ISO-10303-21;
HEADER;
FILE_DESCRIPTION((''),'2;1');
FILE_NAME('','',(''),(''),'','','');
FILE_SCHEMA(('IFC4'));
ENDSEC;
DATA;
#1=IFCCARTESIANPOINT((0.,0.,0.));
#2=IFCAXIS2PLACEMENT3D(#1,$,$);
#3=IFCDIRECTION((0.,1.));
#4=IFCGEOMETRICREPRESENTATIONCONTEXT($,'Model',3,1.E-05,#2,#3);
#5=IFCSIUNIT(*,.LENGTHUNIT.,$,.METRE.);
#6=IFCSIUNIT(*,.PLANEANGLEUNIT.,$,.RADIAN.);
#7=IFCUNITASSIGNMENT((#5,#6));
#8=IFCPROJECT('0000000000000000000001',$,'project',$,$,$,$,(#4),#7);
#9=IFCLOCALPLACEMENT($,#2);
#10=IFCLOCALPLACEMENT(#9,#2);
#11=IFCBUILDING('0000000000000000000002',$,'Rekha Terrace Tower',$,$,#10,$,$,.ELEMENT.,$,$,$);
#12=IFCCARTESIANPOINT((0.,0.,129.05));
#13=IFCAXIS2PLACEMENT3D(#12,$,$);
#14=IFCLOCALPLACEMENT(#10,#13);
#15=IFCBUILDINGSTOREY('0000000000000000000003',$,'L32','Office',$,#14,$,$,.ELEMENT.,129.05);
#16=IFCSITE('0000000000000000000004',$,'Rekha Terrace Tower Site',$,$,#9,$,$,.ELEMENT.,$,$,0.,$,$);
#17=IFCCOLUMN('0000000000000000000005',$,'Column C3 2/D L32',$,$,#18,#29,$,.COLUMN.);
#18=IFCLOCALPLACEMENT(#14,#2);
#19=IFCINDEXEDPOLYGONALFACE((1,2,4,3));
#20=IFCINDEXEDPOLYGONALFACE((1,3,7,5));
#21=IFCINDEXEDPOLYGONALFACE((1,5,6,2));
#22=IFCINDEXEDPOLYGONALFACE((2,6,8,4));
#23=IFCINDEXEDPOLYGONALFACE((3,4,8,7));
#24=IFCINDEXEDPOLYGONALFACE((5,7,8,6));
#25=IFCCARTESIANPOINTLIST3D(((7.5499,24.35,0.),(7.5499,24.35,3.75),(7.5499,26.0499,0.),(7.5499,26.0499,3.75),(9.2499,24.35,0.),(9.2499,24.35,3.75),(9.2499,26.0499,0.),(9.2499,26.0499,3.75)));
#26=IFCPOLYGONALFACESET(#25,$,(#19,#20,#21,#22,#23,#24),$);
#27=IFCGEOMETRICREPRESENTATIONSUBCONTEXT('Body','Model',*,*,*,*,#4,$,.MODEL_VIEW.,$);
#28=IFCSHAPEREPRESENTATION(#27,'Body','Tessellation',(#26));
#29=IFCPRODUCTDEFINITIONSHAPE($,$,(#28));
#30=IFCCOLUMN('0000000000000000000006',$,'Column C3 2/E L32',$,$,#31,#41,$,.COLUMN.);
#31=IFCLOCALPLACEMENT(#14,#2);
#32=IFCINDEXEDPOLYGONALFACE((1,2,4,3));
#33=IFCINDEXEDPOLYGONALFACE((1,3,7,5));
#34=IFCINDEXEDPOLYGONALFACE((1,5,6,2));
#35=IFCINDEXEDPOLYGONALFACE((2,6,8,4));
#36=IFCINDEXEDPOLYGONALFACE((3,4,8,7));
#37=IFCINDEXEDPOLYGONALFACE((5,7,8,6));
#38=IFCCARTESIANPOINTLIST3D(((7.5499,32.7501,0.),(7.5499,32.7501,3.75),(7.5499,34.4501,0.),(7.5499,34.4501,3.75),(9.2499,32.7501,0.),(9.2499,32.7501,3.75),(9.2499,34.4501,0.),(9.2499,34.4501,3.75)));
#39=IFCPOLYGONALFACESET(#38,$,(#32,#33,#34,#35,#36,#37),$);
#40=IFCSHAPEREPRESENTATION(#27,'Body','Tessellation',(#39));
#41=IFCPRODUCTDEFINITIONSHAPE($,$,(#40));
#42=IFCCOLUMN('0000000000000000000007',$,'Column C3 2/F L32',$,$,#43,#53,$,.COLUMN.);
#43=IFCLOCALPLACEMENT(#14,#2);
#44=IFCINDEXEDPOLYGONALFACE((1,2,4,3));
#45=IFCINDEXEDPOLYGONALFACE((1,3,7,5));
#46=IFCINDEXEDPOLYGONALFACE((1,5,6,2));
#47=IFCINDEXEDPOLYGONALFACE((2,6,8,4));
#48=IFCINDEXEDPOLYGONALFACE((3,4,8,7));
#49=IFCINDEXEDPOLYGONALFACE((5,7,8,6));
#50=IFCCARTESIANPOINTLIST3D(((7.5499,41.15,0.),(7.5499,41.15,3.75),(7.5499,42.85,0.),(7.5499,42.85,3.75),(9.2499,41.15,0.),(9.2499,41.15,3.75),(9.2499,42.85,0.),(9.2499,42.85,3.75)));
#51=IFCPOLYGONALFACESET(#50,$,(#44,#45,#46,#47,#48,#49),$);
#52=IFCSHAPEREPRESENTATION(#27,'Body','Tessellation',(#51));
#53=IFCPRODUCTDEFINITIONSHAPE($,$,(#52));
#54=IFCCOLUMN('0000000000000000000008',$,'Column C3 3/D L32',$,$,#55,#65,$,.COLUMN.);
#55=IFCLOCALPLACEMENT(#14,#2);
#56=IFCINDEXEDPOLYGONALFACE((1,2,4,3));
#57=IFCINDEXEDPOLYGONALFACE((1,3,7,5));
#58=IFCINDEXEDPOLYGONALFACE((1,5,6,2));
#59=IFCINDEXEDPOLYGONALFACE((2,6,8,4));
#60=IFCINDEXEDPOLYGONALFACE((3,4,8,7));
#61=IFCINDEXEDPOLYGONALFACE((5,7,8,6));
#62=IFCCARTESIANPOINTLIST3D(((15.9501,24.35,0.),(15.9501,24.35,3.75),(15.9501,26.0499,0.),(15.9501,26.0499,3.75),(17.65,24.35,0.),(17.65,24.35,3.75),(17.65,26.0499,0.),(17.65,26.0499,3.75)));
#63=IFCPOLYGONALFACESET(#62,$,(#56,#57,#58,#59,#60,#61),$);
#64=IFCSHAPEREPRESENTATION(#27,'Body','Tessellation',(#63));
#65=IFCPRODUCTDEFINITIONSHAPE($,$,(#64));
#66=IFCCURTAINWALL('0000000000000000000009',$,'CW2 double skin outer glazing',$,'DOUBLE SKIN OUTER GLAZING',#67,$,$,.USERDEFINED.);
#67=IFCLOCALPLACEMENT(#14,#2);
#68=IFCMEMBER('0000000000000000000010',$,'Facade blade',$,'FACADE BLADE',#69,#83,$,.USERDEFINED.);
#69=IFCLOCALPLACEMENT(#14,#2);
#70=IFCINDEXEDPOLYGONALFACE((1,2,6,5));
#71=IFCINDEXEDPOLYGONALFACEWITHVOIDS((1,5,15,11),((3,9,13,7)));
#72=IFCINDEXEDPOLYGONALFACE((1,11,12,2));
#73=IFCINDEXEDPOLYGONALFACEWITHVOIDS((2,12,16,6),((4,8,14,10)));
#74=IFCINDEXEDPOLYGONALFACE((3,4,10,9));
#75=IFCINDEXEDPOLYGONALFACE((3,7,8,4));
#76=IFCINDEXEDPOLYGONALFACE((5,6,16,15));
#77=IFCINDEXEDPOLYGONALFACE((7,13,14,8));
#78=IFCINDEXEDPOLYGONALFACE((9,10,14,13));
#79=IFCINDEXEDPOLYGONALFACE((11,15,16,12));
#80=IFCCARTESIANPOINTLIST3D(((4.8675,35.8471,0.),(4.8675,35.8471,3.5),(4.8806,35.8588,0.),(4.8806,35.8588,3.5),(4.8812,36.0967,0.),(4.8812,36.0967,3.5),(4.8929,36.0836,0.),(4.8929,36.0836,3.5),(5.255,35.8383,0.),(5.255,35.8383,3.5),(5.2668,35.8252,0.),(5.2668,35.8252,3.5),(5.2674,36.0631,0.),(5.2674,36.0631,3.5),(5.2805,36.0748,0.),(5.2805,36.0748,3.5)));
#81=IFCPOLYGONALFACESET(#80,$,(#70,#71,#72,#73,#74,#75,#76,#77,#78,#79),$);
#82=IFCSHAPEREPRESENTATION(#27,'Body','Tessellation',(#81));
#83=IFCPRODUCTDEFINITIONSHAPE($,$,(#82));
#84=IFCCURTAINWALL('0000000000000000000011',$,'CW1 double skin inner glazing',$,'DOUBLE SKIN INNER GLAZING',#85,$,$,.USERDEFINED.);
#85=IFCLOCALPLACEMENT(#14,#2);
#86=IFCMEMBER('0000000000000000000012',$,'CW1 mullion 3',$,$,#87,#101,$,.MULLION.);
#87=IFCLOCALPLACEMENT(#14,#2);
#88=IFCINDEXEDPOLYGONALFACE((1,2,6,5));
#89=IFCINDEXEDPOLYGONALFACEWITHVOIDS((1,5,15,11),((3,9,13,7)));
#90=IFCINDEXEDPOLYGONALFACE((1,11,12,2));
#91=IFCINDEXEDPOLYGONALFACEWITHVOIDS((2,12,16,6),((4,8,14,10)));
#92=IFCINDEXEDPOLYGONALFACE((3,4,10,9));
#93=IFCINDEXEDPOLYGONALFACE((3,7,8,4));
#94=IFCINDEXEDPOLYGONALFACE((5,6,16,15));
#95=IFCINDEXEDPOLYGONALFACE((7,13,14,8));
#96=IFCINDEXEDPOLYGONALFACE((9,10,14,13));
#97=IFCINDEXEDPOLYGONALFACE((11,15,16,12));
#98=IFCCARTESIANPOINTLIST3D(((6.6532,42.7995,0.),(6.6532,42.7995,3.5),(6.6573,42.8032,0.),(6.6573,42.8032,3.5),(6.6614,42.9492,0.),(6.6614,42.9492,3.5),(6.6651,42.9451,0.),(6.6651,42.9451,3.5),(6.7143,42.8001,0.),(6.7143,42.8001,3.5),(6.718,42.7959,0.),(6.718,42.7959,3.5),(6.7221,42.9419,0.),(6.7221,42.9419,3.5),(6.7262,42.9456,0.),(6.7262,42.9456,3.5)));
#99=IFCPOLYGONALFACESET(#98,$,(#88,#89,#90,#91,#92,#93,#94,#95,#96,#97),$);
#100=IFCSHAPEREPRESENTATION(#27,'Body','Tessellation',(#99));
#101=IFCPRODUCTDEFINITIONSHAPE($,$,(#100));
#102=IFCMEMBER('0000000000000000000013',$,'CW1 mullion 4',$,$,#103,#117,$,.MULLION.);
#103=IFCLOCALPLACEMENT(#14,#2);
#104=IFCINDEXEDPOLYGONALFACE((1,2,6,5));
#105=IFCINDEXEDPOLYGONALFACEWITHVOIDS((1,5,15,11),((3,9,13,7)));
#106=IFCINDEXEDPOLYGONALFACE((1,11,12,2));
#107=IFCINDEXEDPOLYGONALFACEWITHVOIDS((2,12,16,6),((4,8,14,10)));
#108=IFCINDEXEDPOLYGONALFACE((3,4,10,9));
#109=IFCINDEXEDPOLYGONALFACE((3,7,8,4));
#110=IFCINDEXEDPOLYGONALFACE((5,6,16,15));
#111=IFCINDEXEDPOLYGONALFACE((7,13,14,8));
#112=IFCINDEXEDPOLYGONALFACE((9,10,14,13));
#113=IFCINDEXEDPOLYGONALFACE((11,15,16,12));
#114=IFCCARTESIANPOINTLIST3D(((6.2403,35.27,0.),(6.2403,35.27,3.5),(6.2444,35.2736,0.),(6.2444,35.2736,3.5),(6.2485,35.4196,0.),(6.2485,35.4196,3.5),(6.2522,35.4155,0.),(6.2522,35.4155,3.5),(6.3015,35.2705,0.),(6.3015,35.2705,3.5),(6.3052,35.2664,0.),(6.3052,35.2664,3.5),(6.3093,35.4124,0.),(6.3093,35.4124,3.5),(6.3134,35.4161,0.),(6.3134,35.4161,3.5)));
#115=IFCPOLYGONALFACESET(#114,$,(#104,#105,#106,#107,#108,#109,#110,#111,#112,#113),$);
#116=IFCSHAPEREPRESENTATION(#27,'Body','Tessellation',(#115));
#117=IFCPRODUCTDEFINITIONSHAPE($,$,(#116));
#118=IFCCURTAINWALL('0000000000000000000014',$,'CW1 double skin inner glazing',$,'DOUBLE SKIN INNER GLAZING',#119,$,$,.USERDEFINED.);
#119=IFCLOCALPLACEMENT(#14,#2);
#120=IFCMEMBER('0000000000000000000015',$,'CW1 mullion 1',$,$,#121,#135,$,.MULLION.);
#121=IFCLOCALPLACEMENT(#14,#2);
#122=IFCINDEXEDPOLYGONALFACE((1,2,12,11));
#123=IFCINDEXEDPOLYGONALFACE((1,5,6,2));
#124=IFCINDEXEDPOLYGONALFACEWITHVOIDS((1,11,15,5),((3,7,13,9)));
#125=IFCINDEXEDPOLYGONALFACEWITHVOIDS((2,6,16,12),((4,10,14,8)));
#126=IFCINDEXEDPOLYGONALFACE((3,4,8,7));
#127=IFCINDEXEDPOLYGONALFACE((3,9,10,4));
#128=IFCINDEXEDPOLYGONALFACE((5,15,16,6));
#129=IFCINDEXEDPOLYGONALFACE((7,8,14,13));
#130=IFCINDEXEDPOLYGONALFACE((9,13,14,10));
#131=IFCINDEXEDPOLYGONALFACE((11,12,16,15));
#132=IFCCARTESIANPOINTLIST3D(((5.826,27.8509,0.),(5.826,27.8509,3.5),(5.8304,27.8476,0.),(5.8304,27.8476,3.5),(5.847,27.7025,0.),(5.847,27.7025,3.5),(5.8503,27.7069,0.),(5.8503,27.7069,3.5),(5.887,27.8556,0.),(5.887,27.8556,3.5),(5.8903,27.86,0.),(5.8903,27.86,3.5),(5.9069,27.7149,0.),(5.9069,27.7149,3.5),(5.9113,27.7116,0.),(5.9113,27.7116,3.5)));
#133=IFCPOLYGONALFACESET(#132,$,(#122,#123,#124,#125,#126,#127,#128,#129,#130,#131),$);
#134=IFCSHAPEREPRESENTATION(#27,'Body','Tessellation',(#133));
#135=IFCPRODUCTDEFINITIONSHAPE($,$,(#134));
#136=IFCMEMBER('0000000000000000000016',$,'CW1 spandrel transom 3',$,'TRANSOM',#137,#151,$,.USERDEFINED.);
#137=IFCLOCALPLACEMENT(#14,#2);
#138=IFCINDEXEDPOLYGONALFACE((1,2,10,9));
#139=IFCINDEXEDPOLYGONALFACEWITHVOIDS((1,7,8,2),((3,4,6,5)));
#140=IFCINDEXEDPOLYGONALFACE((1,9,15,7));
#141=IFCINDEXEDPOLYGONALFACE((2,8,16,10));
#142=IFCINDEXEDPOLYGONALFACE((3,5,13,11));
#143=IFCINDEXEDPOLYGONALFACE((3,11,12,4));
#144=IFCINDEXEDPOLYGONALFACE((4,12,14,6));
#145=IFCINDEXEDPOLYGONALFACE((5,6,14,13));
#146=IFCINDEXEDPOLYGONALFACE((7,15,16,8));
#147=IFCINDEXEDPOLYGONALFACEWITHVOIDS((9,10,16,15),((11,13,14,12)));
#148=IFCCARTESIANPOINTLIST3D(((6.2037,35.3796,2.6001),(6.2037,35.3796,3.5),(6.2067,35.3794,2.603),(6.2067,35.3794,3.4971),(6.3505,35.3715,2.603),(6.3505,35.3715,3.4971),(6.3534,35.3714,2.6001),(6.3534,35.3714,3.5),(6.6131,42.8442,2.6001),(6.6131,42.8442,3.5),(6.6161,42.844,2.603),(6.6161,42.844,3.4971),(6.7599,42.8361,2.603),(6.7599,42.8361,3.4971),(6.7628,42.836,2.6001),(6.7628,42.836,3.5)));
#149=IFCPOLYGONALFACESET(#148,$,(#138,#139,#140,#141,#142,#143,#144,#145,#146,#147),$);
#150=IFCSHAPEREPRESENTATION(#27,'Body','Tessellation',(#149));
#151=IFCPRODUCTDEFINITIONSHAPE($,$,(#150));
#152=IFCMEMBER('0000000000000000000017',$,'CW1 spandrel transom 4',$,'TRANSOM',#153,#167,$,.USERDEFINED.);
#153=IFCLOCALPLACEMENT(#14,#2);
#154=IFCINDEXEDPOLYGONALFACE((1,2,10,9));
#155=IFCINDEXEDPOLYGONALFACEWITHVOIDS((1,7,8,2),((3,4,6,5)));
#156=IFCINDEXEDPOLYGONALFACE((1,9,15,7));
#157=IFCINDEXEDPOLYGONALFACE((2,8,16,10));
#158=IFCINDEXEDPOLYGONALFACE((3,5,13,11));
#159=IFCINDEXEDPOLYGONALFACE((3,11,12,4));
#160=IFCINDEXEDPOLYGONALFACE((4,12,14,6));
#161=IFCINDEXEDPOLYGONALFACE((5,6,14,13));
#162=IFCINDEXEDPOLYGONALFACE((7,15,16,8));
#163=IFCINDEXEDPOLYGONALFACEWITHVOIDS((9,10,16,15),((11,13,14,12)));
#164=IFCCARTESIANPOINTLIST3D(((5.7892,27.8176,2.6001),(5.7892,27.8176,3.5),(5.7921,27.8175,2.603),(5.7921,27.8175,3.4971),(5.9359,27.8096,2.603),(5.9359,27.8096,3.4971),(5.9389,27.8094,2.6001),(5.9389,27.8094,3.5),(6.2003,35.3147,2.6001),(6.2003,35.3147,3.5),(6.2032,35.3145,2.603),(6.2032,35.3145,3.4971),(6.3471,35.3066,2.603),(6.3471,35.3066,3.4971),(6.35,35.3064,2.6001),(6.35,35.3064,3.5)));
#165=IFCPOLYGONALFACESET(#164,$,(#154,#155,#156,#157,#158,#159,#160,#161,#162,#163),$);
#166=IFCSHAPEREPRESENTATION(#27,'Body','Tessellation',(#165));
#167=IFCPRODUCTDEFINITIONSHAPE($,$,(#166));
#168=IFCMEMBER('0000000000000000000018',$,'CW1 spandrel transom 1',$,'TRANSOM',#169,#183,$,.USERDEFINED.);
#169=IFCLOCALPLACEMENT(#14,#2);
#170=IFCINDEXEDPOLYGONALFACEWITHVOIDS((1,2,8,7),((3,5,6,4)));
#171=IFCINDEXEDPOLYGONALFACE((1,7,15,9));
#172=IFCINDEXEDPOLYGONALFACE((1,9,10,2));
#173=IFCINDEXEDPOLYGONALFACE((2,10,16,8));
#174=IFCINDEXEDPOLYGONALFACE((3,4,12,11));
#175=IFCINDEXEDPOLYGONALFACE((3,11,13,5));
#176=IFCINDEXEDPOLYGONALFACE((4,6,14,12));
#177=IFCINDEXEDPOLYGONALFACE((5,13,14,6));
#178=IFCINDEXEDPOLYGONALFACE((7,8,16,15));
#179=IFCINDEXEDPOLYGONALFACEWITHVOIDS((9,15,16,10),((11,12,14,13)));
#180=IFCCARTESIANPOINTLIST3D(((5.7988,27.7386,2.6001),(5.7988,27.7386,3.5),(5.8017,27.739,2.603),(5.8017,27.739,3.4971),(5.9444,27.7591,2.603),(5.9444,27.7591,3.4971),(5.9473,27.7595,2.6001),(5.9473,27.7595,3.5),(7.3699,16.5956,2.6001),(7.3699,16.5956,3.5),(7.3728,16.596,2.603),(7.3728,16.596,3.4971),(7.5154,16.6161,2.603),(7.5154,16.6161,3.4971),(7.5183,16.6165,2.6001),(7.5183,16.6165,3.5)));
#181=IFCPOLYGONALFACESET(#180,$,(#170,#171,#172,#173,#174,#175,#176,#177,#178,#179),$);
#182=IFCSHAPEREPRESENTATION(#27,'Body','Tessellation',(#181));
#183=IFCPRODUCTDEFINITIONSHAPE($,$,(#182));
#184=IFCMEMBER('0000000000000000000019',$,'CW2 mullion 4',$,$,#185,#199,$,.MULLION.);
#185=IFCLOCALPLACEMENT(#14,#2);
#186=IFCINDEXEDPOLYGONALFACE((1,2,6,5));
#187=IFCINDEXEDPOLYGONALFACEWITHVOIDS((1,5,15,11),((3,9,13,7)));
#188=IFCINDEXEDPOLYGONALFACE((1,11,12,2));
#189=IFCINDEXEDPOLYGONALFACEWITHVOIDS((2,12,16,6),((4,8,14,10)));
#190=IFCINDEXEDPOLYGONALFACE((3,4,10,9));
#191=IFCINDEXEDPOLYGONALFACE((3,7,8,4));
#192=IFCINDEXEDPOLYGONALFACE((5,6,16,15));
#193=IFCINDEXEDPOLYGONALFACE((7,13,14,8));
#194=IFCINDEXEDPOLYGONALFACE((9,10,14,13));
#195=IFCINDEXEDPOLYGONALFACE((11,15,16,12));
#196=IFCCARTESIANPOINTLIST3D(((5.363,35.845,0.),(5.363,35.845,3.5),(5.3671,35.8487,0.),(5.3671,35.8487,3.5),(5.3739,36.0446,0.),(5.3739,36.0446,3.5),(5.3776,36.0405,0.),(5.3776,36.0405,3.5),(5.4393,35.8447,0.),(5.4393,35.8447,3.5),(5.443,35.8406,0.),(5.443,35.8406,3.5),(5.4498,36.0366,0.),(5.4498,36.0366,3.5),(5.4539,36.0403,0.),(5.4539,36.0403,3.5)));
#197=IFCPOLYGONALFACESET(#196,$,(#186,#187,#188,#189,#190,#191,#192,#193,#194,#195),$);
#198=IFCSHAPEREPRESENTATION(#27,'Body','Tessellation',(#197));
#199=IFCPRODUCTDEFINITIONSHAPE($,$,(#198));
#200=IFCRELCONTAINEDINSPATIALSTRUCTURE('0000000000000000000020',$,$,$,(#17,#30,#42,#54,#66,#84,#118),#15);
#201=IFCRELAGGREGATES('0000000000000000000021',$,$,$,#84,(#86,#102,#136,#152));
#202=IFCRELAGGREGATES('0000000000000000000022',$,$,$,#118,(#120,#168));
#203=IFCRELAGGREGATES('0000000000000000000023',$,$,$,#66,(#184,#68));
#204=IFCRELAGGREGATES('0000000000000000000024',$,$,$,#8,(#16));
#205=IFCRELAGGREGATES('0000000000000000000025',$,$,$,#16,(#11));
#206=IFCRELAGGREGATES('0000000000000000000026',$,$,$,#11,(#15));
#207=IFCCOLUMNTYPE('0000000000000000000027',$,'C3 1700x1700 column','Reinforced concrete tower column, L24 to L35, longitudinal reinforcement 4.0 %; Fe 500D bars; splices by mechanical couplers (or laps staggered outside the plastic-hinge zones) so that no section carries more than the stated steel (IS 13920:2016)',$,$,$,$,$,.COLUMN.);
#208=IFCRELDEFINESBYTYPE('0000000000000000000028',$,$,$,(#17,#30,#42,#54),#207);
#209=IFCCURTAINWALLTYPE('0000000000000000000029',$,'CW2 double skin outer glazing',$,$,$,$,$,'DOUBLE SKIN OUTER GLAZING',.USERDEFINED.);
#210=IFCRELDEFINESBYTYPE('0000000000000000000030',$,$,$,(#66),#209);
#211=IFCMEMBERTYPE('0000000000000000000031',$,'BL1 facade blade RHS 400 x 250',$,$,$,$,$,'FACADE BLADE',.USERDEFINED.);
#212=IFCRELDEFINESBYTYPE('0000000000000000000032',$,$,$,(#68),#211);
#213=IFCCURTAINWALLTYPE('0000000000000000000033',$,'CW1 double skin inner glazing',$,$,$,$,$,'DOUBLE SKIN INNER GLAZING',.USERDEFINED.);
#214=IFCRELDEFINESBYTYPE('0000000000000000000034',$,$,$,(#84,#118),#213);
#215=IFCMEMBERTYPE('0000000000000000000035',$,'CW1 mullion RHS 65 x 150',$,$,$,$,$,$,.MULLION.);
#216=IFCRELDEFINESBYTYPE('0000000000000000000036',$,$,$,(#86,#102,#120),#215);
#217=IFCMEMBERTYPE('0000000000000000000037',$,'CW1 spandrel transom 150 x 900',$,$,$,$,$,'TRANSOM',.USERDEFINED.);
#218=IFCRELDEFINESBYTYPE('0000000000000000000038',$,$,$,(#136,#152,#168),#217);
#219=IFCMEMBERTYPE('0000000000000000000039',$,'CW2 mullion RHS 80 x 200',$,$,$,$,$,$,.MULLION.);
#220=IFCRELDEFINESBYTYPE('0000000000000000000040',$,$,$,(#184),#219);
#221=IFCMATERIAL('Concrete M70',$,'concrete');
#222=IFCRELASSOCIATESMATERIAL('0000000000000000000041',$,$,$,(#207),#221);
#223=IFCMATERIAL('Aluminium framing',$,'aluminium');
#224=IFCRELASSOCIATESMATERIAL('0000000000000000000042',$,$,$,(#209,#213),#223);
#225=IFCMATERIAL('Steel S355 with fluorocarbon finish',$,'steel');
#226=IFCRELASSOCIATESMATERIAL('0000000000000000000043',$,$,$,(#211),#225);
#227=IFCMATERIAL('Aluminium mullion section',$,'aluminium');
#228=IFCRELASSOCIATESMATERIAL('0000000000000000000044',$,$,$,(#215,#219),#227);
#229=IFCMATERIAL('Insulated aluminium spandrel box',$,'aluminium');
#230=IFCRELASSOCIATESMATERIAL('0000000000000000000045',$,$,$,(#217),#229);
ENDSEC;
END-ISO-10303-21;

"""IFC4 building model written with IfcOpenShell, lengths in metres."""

from ifc_helpers import new_model, si_unit, direction, frame, origin, origin_2d, place, context, subcontext, project, spatial, rectangle, hollow_rectangle, extrude, material, material_profile, profile_set, type_object, element, aggregate, save


model = new_model("IFC4")

# Units and contexts
model_context = context("Model", 3, precision=1e-05, world=origin(), true_north=direction((0.0, 1.0)))
body_context = subcontext(model_context, "Body", "Model", "MODEL_VIEW")
ifc_project = project(units=[si_unit("LENGTHUNIT", "METRE"), si_unit("PLANEANGLEUNIT", "RADIAN")], contexts=[model_context])

# Site, building, storey
site_placement = place(None, origin())
site = spatial("IfcSite", under=ifc_project, at=site_placement, Name="Rekha Terrace Tower Site", CompositionType="ELEMENT", RefElevation=0.0)
building_placement = place(site_placement, origin())
building = spatial("IfcBuilding", under=site, at=building_placement, Name="Rekha Terrace Tower", CompositionType="ELEMENT")
storey_placement = place(building_placement, frame((0.0, 0.0, 129.05)))
storey = spatial("IfcBuildingStorey", under=building, at=storey_placement, Name="L32", Description="Office", CompositionType="ELEMENT", Elevation=129.05)

# Columns
ifc_material_1 = material(Name="Concrete M70", Category="concrete")
ifc_material_profile_1 = material_profile(ifc_material_1, rectangle(XDim=1.7, YDim=1.7, at=origin_2d()), Name="RC 1700x1700")
ifc_profile_set_1 = profile_set([ifc_material_profile_1], Name="Concrete M70")
column_type = type_object("IfcColumnType", Name="C3 1700x1700 column", Description="Reinforced concrete tower column, L24 to L35, longitudinal reinforcement 4.0 %; Fe 500D bars; splices by mechanical couplers (or laps staggered outside the plastic-hinge zones) so that no section carries more than the stated steel (IS 13920:2016)", PredefinedType="COLUMN", material=ifc_profile_set_1)
for number, where, z_axis, x_axis, name in (
    (1, (8.3999, 25.2, 0.0), (0.0, 0.0, 1.0), (1.0, 0.0, 0.0), "Column C3 2/D L32"),
    (2, (8.3999, 33.6001, 0.0), (0.0, 0.0, 1.0), (1.0, 0.0, 0.0), "Column C3 2/E L32"),
    (3, (8.3999, 42.0, 0.0), (0.0, 0.0, 1.0), (1.0, 0.0, 0.0), "Column C3 2/F L32"),
    (4, (16.8, 25.2, 0.0), (0.0, 0.0, 1.0), (1.0, 0.0, 0.0), "Column C3 3/D L32"),
):
    element("IfcColumn", number, at=place(storey_placement, frame(where, z_axis=z_axis, x_axis=x_axis)), inside=storey, type_object=column_type, Name=name, PredefinedType="COLUMN", context=body_context, shape_type="SweptSolid", body=[
        extrude(rectangle(XDim=1.7, YDim=1.7, at=origin_2d()), origin(), (0.0, 0.0, 1.0), 3.75),
    ])

# Curtain wall, member
ifc_material_2 = material(Name="Aluminium framing", Category="aluminium")
curtain_wall_type_1 = type_object("IfcCurtainWallType", Name="CW2 double skin outer glazing", ElementType="DOUBLE SKIN OUTER GLAZING", PredefinedType="USERDEFINED", material=ifc_material_2)
curtain_wall_1_placement = place(storey_placement, origin())
curtain_wall_1 = element("IfcCurtainWall", 5, at=curtain_wall_1_placement, inside=storey, type_object=curtain_wall_type_1, Name="CW2 double skin outer glazing", ObjectType="DOUBLE SKIN OUTER GLAZING", PredefinedType="USERDEFINED")
ifc_material_3 = material(Name="Steel S355 with fluorocarbon finish", Category="steel")
ifc_material_profile_2 = material_profile(ifc_material_3, hollow_rectangle(XDim=0.25, YDim=0.3999, WallThickness=0.0125, at=origin_2d()), Name="RHS400x250x12.5")
ifc_profile_set_2 = profile_set([ifc_material_profile_2], Name="Steel S355 with fluorocarbon finish")
member_type_1 = type_object("IfcMemberType", Name="BL1 facade blade RHS 400 x 250", ElementType="FACADE BLADE", PredefinedType="USERDEFINED", material=ifc_profile_set_2)
member_1_placement = place(storey_placement, frame((5.074, 35.9609, 0.0), z_axis=(0.0, 0.0, 1.0), x_axis=(-0.054743, -0.9985, 0.0)))
member_1 = element("IfcMember", 6, at=member_1_placement, type_object=member_type_1, Name="Facade blade", ObjectType="FACADE BLADE", PredefinedType="USERDEFINED", context=body_context, shape_type="SweptSolid", body=[
    extrude(hollow_rectangle(XDim=0.25, YDim=0.3999, WallThickness=0.0125, at=origin_2d()), origin(), (0.0, 0.0, 1.0), 3.5),
])

# Curtain wall, members
curtain_wall_type_2 = type_object("IfcCurtainWallType", Name="CW1 double skin inner glazing", ElementType="DOUBLE SKIN INNER GLAZING", PredefinedType="USERDEFINED", material=ifc_material_2)
curtain_wall_2_placement = place(storey_placement, origin())
curtain_wall_2 = element("IfcCurtainWall", 7, at=curtain_wall_2_placement, inside=storey, type_object=curtain_wall_type_2, Name="CW1 double skin inner glazing", ObjectType="DOUBLE SKIN INNER GLAZING", PredefinedType="USERDEFINED")
ifc_material_4 = material(Name="Aluminium mullion section", Category="aluminium")
ifc_material_profile_3 = material_profile(ifc_material_4, hollow_rectangle(XDim=0.0649, YDim=0.1499, WallThickness=0.0039, at=origin_2d()), Name="AL RHS 65x150")
ifc_profile_set_3 = profile_set([ifc_material_profile_3], Name="Aluminium mullion section")
member_type_2 = type_object("IfcMemberType", Name="CW1 mullion RHS 65 x 150", PredefinedType="MULLION", material=ifc_profile_set_3)
member_2_placement = place(storey_placement, frame((6.6897, 42.8726, 0.0), z_axis=(0.0, 0.0, 1.0), x_axis=(0.998501, -0.054742, 0.0)))
member_2 = element("IfcMember", 8, at=member_2_placement, type_object=member_type_2, Name="CW1 mullion 3", PredefinedType="MULLION", context=body_context, shape_type="SweptSolid", body=[
    extrude(hollow_rectangle(XDim=0.0649, YDim=0.1499, WallThickness=0.0039, at=origin_2d()), origin(), (0.0, 0.0, 1.0), 3.5),
])
member_3_placement = place(storey_placement, frame((6.2769, 35.343, 0.0), z_axis=(0.0, 0.0, 1.0), x_axis=(0.998501, -0.054742, 0.0)))
member_3 = element("IfcMember", 9, at=member_3_placement, type_object=member_type_2, Name="CW1 mullion 4", PredefinedType="MULLION", context=body_context, shape_type="SweptSolid", body=[
    extrude(hollow_rectangle(XDim=0.0649, YDim=0.1499, WallThickness=0.0039, at=origin_2d()), origin(), (0.0, 0.0, 1.0), 3.5),
])

# Curtain wall, member
curtain_wall_3_placement = place(storey_placement, origin())
curtain_wall_3 = element("IfcCurtainWall", 10, at=curtain_wall_3_placement, inside=storey, type_object=curtain_wall_type_2, Name="CW1 double skin inner glazing", ObjectType="DOUBLE SKIN INNER GLAZING", PredefinedType="USERDEFINED")
member_4_placement = place(storey_placement, frame((5.8687, 27.7812, 0.0), z_axis=(0.0, 0.0, 1.0), x_axis=(0.990208, 0.139597, 0.0)))
member_4 = element("IfcMember", 11, at=member_4_placement, type_object=member_type_2, Name="CW1 mullion 1", PredefinedType="MULLION", context=body_context, shape_type="SweptSolid", body=[
    extrude(hollow_rectangle(XDim=0.0649, YDim=0.1499, WallThickness=0.0039, at=origin_2d()), origin(), (0.0, 0.0, 1.0), 3.5),
])

# Members
ifc_material_5 = material(Name="Insulated aluminium spandrel box", Category="aluminium")
ifc_material_profile_4 = material_profile(ifc_material_5, hollow_rectangle(XDim=0.1499, YDim=0.8999, WallThickness=0.0029, at=origin_2d()), Name="AL SPANDREL BOX 150x900")
ifc_profile_set_4 = profile_set([ifc_material_profile_4], Name="Insulated aluminium spandrel box")
member_type_3 = type_object("IfcMemberType", Name="CW1 spandrel transom 150 x 900", ElementType="TRANSOM", PredefinedType="USERDEFINED", material=ifc_profile_set_4)
member_5_placement = place(storey_placement, frame((6.688, 42.8401, 3.05), z_axis=(-0.054766, -0.998499, 0.0), x_axis=(0.998499, -0.054766, 0.0)))
member_5 = element("IfcMember", 12, at=member_5_placement, type_object=member_type_3, Name="CW1 spandrel transom 3", ObjectType="TRANSOM", PredefinedType="USERDEFINED", context=body_context, shape_type="SweptSolid", body=[
    extrude(hollow_rectangle(XDim=0.1499, YDim=0.8999, WallThickness=0.0029, at=origin_2d()), origin(), (0.0, 0.0, 1.0), 7.4758),
])
member_6_placement = place(storey_placement, frame((6.2751, 35.3105, 3.05), z_axis=(-0.054757, -0.9985, 0.0), x_axis=(0.9985, -0.054757, 0.0)))
member_6 = element("IfcMember", 13, at=member_6_placement, type_object=member_type_3, Name="CW1 spandrel transom 4", ObjectType="TRANSOM", PredefinedType="USERDEFINED", context=body_context, shape_type="SweptSolid", body=[
    extrude(hollow_rectangle(XDim=0.1499, YDim=0.8999, WallThickness=0.0029, at=origin_2d()), origin(), (0.0, 0.0, 1.0), 7.5083),
])
member_7_placement = place(storey_placement, frame((5.873, 27.749, 3.05), z_axis=(0.139608, -0.990207, 0.0), x_axis=(0.990207, 0.139608, 0.0)))
member_7 = element("IfcMember", 14, at=member_7_placement, type_object=member_type_3, Name="CW1 spandrel transom 1", ObjectType="TRANSOM", PredefinedType="USERDEFINED", context=body_context, shape_type="SweptSolid", body=[
    extrude(hollow_rectangle(XDim=0.1499, YDim=0.8999, WallThickness=0.0029, at=origin_2d()), origin(), (0.0, 0.0, 1.0), 11.2532),
])
ifc_material_profile_5 = material_profile(ifc_material_4, hollow_rectangle(XDim=0.0801, YDim=0.2, WallThickness=0.0039, at=origin_2d()), Name="AL RHS 80x200")
ifc_profile_set_5 = profile_set([ifc_material_profile_5], Name="Aluminium mullion section")
member_type_4 = type_object("IfcMemberType", Name="CW2 mullion RHS 80 x 200", PredefinedType="MULLION", material=ifc_profile_set_5)
member_8_placement = place(storey_placement, frame((5.4084, 35.9426, 0.0), z_axis=(0.0, 0.0, 1.0), x_axis=(0.998501, -0.054742, 0.0)))
member_8 = element("IfcMember", 15, at=member_8_placement, type_object=member_type_4, Name="CW2 mullion 4", PredefinedType="MULLION", context=body_context, shape_type="SweptSolid", body=[
    extrude(hollow_rectangle(XDim=0.0801, YDim=0.2, WallThickness=0.0039, at=origin_2d()), origin(), (0.0, 0.0, 1.0), 3.5),
])

aggregate(curtain_wall_2, [member_2, member_3, member_5, member_6])
aggregate(curtain_wall_3, [member_4, member_7])
aggregate(curtain_wall_1, [member_8, member_1])

save(model, "model.ifc")
